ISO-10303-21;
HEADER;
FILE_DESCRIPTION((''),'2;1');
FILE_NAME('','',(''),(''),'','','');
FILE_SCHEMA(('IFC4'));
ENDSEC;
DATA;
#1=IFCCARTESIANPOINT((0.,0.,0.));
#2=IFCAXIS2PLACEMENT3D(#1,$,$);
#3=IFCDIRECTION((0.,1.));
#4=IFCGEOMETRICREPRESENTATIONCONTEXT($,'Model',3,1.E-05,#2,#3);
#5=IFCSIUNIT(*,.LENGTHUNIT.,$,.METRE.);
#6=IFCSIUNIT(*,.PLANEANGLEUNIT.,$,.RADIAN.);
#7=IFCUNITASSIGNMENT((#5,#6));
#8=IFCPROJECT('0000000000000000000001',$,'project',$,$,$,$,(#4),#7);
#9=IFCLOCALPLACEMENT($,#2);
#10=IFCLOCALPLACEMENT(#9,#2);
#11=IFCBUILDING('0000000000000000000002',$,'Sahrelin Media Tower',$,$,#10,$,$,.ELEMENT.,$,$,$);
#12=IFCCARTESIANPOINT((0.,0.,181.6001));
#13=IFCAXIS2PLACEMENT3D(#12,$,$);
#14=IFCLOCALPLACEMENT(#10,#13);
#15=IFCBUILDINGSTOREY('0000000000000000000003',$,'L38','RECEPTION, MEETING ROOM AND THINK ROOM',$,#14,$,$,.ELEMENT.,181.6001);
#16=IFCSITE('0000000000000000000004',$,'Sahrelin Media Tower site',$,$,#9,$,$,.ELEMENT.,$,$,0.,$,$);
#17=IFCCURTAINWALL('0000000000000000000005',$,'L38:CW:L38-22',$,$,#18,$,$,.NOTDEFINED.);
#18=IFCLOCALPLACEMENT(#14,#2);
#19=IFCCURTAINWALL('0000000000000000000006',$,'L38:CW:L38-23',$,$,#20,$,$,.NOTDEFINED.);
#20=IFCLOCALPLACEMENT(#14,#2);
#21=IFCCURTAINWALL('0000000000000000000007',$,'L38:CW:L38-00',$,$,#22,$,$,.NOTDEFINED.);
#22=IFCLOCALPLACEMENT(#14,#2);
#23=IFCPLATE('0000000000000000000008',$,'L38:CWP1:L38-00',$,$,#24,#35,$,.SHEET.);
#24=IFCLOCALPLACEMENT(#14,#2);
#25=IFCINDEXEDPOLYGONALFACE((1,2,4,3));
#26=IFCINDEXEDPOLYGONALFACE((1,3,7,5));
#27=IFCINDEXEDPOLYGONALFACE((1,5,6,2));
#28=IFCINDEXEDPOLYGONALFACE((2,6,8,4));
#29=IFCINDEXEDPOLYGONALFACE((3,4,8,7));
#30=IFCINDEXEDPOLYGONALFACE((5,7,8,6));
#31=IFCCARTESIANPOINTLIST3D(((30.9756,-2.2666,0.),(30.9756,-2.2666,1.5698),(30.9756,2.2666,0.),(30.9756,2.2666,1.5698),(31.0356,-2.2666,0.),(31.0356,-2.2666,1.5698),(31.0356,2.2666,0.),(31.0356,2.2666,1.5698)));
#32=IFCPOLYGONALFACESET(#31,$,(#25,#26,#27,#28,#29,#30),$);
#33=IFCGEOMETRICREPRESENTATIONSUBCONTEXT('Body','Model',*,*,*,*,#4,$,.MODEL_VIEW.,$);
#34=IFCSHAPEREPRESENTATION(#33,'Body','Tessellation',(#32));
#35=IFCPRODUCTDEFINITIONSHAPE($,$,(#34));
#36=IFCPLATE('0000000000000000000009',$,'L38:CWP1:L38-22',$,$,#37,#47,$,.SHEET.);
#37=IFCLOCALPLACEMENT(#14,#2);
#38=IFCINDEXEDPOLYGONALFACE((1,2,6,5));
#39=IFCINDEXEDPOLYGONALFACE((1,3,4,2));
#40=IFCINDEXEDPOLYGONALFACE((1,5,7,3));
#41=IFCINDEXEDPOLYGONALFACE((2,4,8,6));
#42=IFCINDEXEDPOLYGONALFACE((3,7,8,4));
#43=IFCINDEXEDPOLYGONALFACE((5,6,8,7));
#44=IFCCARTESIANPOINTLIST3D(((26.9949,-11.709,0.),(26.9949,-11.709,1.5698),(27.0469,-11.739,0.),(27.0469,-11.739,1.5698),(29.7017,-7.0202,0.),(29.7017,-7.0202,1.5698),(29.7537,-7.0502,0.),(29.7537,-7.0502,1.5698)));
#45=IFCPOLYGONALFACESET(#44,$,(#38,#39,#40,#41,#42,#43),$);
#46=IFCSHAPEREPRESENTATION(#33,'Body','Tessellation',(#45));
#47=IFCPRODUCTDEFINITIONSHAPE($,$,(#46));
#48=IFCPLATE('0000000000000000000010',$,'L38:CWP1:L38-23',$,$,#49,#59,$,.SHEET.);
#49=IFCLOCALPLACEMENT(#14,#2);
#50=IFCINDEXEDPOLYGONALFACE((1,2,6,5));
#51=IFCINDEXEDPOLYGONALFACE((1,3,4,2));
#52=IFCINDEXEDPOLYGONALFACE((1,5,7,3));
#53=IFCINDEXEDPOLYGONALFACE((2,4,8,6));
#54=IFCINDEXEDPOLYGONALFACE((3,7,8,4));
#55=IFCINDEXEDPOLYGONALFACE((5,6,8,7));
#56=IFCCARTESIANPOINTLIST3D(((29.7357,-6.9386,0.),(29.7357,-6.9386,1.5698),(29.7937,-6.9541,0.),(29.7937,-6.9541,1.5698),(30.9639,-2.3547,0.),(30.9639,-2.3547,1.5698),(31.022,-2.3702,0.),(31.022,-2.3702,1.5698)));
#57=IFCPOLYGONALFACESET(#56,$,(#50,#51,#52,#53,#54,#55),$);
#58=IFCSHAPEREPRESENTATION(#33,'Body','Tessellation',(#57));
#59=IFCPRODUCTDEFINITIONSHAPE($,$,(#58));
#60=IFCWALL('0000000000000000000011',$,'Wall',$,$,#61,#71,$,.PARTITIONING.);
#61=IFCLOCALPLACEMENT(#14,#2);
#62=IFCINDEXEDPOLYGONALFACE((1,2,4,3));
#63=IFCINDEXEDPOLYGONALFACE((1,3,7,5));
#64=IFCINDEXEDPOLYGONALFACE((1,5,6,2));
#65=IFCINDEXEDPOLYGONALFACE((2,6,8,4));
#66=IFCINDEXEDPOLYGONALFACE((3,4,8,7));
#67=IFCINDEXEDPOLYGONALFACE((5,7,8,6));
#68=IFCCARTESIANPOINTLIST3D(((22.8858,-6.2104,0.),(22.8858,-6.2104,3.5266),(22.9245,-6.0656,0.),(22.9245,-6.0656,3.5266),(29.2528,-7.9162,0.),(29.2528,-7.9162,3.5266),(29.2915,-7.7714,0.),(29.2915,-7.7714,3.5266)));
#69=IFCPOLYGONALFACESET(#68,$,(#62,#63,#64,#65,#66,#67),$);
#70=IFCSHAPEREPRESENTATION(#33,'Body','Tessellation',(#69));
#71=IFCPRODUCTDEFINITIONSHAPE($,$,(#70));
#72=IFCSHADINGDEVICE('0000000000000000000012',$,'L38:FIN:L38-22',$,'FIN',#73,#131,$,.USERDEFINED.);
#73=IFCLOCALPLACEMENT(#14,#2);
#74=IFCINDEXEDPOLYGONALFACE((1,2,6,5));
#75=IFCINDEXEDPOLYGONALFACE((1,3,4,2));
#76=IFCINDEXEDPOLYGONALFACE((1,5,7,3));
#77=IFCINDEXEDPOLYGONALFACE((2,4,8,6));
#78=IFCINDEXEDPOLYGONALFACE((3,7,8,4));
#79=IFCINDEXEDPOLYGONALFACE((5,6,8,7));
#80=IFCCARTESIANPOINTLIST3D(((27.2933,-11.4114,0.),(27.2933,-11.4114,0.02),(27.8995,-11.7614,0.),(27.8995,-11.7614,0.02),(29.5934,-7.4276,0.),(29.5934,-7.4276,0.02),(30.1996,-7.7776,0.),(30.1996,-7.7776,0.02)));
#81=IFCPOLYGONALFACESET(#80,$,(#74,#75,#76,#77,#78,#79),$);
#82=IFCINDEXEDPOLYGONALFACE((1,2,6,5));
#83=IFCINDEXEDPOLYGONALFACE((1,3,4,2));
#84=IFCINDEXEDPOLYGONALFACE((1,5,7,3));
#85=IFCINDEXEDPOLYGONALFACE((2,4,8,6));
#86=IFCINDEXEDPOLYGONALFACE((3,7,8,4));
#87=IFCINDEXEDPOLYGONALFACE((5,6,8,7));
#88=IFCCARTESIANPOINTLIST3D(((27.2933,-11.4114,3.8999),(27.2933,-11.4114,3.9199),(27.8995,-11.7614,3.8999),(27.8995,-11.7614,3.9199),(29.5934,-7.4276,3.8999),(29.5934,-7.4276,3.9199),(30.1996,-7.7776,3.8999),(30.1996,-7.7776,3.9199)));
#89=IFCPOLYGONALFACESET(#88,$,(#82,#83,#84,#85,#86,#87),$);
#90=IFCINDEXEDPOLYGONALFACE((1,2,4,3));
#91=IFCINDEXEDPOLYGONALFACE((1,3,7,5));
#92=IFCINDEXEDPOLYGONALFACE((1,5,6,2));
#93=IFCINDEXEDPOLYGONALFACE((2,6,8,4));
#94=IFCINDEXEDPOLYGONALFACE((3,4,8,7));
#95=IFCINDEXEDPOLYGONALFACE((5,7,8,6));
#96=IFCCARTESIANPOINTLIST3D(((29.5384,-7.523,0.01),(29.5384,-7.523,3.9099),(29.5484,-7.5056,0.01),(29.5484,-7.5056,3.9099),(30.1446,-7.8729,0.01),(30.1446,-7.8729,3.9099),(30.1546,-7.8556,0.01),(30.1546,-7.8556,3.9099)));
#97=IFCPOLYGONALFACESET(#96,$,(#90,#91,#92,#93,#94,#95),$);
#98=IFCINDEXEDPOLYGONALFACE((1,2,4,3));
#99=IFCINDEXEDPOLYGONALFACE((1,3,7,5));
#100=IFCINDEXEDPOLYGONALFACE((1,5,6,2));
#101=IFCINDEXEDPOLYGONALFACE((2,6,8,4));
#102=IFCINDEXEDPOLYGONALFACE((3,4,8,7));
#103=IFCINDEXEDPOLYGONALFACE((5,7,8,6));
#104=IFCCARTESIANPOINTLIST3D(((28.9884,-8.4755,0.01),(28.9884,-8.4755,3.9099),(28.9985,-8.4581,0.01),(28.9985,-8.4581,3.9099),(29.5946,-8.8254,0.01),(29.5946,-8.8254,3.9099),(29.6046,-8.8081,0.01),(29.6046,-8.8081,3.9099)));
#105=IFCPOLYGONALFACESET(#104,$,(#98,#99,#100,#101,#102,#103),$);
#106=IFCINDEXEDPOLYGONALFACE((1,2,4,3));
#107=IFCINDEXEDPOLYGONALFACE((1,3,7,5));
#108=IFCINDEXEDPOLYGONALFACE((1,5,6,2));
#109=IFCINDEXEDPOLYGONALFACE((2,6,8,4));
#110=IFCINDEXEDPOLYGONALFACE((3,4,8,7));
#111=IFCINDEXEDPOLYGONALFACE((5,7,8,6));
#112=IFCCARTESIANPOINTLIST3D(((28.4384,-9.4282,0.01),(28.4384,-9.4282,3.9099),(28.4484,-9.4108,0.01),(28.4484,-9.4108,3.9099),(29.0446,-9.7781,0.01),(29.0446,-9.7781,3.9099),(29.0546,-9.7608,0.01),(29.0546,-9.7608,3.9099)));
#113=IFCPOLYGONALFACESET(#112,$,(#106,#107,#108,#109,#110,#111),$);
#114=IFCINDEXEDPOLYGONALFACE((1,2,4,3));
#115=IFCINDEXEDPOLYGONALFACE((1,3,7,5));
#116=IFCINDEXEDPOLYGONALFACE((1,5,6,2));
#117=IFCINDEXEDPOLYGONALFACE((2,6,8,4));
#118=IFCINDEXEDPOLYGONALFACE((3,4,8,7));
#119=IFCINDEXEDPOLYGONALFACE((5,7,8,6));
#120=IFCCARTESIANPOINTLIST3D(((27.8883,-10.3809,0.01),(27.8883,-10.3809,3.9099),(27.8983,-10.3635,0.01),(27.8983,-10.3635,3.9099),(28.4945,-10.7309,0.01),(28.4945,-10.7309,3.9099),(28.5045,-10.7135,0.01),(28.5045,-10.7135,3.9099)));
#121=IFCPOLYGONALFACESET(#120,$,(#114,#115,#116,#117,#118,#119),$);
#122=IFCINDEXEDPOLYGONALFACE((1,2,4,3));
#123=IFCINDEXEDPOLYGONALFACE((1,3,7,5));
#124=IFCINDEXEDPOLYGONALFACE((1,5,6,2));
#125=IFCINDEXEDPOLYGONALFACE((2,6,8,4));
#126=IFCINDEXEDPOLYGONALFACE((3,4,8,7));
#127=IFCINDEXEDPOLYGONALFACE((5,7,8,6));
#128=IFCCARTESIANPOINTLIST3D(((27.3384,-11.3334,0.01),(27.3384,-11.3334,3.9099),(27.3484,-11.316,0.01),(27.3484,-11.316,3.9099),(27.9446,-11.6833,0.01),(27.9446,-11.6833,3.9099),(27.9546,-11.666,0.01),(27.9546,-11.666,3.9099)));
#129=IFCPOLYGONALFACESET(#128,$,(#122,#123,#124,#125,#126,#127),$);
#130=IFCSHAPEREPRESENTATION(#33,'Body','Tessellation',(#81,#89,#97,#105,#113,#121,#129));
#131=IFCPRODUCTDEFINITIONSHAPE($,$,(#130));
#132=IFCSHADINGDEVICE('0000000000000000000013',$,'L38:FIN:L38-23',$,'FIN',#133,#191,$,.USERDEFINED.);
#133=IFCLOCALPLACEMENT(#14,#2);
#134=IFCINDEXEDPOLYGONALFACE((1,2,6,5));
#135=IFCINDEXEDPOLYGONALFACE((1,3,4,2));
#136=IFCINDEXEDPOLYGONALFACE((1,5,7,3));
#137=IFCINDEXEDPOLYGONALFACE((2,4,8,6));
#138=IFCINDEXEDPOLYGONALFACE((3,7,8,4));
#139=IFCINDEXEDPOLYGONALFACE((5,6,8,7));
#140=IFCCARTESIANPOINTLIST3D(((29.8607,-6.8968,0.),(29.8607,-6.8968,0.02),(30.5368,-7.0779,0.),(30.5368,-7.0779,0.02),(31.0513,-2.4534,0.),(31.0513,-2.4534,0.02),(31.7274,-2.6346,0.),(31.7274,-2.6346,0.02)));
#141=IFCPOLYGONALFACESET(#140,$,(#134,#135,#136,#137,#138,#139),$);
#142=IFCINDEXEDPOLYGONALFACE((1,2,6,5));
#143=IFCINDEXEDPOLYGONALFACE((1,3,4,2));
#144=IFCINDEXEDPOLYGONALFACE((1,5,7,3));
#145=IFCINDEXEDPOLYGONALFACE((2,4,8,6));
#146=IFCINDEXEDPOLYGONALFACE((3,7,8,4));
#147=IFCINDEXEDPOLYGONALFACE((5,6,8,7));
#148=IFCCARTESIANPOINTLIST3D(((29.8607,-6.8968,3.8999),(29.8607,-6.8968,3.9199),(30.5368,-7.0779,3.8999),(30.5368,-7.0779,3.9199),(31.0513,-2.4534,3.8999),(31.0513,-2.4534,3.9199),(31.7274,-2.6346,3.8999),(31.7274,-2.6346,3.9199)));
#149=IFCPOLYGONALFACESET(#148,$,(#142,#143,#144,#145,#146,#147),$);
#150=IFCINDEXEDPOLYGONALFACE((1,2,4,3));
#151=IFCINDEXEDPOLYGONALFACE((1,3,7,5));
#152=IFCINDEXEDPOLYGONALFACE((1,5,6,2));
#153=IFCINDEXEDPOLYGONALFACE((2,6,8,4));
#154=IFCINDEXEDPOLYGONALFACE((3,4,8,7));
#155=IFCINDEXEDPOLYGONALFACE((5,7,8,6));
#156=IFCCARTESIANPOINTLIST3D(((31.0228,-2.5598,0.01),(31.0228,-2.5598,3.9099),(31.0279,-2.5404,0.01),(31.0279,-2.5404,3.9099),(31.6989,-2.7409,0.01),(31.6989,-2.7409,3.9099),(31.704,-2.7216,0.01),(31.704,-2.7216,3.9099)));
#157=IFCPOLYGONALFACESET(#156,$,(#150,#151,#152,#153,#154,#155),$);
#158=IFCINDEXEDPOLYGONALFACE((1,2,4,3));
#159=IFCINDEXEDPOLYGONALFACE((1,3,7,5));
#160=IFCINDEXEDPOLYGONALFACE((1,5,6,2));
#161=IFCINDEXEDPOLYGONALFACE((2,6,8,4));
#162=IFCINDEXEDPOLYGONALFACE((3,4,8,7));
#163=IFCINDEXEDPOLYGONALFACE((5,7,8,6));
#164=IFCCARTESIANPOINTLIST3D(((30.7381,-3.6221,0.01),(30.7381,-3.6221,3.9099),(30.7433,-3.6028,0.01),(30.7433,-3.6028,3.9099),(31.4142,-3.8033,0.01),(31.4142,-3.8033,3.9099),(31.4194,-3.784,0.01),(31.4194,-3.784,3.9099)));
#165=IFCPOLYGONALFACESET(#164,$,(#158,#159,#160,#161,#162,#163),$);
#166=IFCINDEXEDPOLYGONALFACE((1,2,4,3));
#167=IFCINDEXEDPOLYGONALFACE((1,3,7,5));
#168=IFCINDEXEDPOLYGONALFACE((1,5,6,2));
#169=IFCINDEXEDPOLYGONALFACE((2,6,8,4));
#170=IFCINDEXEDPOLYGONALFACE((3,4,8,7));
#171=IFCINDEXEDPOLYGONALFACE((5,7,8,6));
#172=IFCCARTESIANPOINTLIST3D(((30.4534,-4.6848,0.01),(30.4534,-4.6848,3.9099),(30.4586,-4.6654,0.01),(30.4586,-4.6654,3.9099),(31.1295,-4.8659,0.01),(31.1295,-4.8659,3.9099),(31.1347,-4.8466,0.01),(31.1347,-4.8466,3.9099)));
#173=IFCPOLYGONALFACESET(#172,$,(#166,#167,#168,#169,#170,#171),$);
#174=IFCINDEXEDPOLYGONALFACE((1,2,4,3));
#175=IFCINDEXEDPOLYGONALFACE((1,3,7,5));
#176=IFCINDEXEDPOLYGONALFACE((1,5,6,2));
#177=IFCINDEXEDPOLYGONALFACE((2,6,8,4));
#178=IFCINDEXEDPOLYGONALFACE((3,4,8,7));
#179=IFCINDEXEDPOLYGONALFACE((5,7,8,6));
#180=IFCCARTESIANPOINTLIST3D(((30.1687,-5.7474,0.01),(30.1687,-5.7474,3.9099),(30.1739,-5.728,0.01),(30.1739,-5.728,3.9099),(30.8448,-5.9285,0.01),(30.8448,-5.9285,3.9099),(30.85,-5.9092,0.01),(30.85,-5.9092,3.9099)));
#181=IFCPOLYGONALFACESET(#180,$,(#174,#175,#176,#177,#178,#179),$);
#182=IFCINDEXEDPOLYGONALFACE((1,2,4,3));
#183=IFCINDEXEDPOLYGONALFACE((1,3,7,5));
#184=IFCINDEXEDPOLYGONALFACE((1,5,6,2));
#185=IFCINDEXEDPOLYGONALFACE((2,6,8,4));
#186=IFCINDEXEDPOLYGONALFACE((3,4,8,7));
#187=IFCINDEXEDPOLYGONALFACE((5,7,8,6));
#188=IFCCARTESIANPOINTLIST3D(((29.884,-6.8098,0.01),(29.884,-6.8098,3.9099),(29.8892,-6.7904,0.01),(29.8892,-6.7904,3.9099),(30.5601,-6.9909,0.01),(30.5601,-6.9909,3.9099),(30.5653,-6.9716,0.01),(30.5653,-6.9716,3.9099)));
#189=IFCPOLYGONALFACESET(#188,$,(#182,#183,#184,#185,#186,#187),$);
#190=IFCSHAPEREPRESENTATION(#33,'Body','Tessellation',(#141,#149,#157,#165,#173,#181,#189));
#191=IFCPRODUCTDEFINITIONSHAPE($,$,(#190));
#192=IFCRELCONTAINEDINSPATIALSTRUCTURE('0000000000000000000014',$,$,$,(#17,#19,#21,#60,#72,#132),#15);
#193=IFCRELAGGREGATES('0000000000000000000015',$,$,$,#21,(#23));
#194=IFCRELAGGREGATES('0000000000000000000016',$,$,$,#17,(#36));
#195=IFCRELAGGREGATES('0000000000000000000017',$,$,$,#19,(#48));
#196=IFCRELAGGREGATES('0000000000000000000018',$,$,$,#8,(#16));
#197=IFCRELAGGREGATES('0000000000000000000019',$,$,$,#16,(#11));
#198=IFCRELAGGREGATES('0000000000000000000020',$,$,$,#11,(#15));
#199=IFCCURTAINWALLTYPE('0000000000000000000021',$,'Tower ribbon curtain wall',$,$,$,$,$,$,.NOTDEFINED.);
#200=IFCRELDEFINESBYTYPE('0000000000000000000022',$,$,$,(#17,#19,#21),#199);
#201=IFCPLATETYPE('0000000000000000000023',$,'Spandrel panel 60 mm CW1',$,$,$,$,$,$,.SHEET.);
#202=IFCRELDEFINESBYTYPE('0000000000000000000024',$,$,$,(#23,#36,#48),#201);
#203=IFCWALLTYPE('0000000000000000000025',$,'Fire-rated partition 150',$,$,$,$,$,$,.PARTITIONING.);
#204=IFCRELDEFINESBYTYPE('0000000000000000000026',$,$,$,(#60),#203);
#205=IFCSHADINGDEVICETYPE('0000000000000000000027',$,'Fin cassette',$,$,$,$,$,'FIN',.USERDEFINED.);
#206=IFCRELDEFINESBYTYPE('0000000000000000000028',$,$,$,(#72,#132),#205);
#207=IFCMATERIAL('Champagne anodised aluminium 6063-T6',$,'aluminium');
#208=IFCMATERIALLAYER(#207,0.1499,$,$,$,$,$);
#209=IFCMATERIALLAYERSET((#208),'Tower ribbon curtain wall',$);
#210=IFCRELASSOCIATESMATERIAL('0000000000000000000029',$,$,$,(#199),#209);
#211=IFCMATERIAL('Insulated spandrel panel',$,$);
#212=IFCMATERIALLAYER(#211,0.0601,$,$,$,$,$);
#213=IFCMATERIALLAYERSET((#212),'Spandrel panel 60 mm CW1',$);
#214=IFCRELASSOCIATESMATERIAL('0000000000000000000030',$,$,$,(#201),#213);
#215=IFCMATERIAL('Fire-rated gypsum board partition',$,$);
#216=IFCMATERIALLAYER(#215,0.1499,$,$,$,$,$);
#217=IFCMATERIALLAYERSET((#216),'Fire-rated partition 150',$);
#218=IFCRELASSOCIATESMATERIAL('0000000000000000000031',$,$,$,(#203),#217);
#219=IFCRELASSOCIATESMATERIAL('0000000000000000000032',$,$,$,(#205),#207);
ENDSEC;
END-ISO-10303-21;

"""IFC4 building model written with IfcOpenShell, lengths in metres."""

from ifc_helpers import new_model, si_unit, direction, frame, frame_2d, origin, origin_2d, place, context, subcontext, project, spatial, polyline, rectangle, outline, extrude, material, layer, layer_set, type_object, element, aggregate, save


model = new_model("IFC4")

# Units and contexts
model_context = context("Model", 3, precision=1e-05, world=origin(), true_north=direction((0.0, 1.0)))
body_context = subcontext(model_context, "Body", "Model", "MODEL_VIEW")
ifc_project = project(units=[si_unit("LENGTHUNIT", "METRE"), si_unit("PLANEANGLEUNIT", "RADIAN")], contexts=[model_context])

# Site, building, storey
site_placement = place(None, origin())
site = spatial("IfcSite", under=ifc_project, at=site_placement, Name="Sahrelin Media Tower site", CompositionType="ELEMENT", RefElevation=0.0)
building_placement = place(site_placement, origin())
building = spatial("IfcBuilding", under=site, at=building_placement, Name="Sahrelin Media Tower", CompositionType="ELEMENT")
storey_placement = place(building_placement, frame((0.0, 0.0, 181.6001)))
storey = spatial("IfcBuildingStorey", under=building, at=storey_placement, Name="L38", Description="RECEPTION, MEETING ROOM AND THINK ROOM", CompositionType="ELEMENT", Elevation=181.6001)

# Curtain walls
ifc_material_1 = material(Name="Champagne anodised aluminium 6063-T6", Category="aluminium")
ifc_layer_1 = layer(ifc_material_1, 0.1499)
ifc_layer_set_1 = layer_set([ifc_layer_1], Name="Tower ribbon curtain wall")
curtain_wall_type = type_object("IfcCurtainWallType", Name="Tower ribbon curtain wall", PredefinedType="NOTDEFINED", material=ifc_layer_set_1)
curtain_wall_1_placement = place(storey_placement, frame((28.3828, -9.3845, 0.0), z_axis=(0.0, 0.0, 1.0), x_axis=(1.0, 0.0, 0.0)))
curtain_wall_1 = element("IfcCurtainWall", 1, at=curtain_wall_1_placement, inside=storey, type_object=curtain_wall_type, Name="L38:CW:L38-22", PredefinedType="NOTDEFINED")
curtain_wall_2_placement = place(storey_placement, frame((30.3884, -4.657, 0.0), z_axis=(0.0, 0.0, 1.0), x_axis=(1.0, 0.0, 0.0)))
curtain_wall_2 = element("IfcCurtainWall", 2, at=curtain_wall_2_placement, inside=storey, type_object=curtain_wall_type, Name="L38:CW:L38-23", PredefinedType="NOTDEFINED")

# Curtain wall
curtain_wall_3_placement = place(storey_placement, frame((31.0156, 0.0, 0.0), z_axis=(0.0, 0.0, 1.0), x_axis=(1.0, 0.0, 0.0)))
curtain_wall_3 = element("IfcCurtainWall", 3, at=curtain_wall_3_placement, inside=storey, type_object=curtain_wall_type, Name="L38:CW:L38-00", PredefinedType="NOTDEFINED")

# Plates
ifc_material_2 = material(Name="Insulated spandrel panel")
ifc_layer_2 = layer(ifc_material_2, 0.0601)
ifc_layer_set_2 = layer_set([ifc_layer_2], Name="Spandrel panel 60 mm CW1")
plate_type_1 = type_object("IfcPlateType", Name="Spandrel panel 60 mm CW1", PredefinedType="SHEET", material=ifc_layer_set_2)
plate_1_placement = place(storey_placement, frame((31.0356, -2.2666, 0.0), z_axis=(1.0, 0.0, 0.0), x_axis=(0.0, 1.0, 0.0)))
plate_1 = element("IfcPlate", 4, at=plate_1_placement, type_object=plate_type_1, Name="L38:CWP1:L38-00", PredefinedType="SHEET", context=body_context, shape_type="SweptSolid", body=[
    extrude(outline(polyline([(0.0, 0.0), (4.5332, 0.0), (4.5332, 1.5698), (0.0, 1.5698), (0.0, 0.0)])), origin(), (0.0, 0.0, -1.0), 0.0601),
])
aggregate(curtain_wall_3, [plate_1])
plate_2_placement = place(storey_placement, frame((27.0469, -11.739, 0.0), z_axis=(0.866045, -0.499966, 0.0), x_axis=(0.499966, 0.866045, 0.0)))
plate_2 = element("IfcPlate", 5, at=plate_2_placement, type_object=plate_type_1, Name="L38:CWP1:L38-22", PredefinedType="SHEET", context=body_context, shape_type="SweptSolid", body=[
    extrude(outline(polyline([(0.0, 0.0), (5.4141, 0.0), (5.4141, 1.5698), (0.0, 1.5698), (0.0, 0.0)])), origin(), (0.0, 0.0, -1.0), 0.0601),
])
aggregate(curtain_wall_1, [plate_2])
plate_3_placement = place(storey_placement, frame((29.7937, -6.9541, 0.0), z_axis=(0.965926, -0.258818, 0.0), x_axis=(0.258818, 0.965926, 0.0)))
plate_3 = element("IfcPlate", 6, at=plate_3_placement, type_object=plate_type_1, Name="L38:CWP1:L38-23", PredefinedType="SHEET", context=body_context, shape_type="SweptSolid", body=[
    extrude(outline(polyline([(0.0, 0.0), (4.7456, 0.0), (4.7456, 1.5698), (0.0, 1.5698), (0.0, 0.0)])), origin(), (0.0, 0.0, -1.0), 0.0601),
])
aggregate(curtain_wall_2, [plate_3])

# Wall
ifc_material_3 = material(Name="Fire-rated gypsum board partition")
ifc_layer_3 = layer(ifc_material_3, 0.1499)
ifc_layer_set_3 = layer_set([ifc_layer_3], Name="Fire-rated partition 150")
wall_type = type_object("IfcWallType", Name="Fire-rated partition 150", PredefinedType="PARTITIONING", material=ifc_layer_set_3)
wall_placement = place(storey_placement, frame((22.905, -6.1379, 0.0), z_axis=(0.0, 0.0, 1.0), x_axis=(0.965934, -0.25879, 0.0)))
element("IfcWall", 7, at=wall_placement, inside=storey, type_object=wall_type, Name="Wall", PredefinedType="PARTITIONING", context=body_context, shape_type="SweptSolid", body=[
    extrude(rectangle(XDim=6.5916, YDim=0.1499, at=frame_2d((3.2959, 0.0))), origin(), (0.0, 0.0, 1.0), 3.5266),
])

# Shading devices
shading_device_type_1 = type_object("IfcShadingDeviceType", Name="Fin cassette", ElementType="FIN", PredefinedType="USERDEFINED", material=ifc_material_1)
placement_1 = place(storey_placement, frame((28.3828, -9.3845, 0.0), z_axis=(0.0, 0.0, 1.0), x_axis=(-0.500011, -0.866019, 0.0)))
element("IfcShadingDevice", 8, at=placement_1, inside=storey, type_object=shading_device_type_1, Name="L38:FIN:L38-22", ObjectType="FIN", PredefinedType="USERDEFINED", context=body_context, shape_type="SweptSolid", body=[
    extrude(rectangle(XDim=4.6001, YDim=0.7, at=origin_2d()), frame((0.0, 0.4199, 0.0)), (0.0, 0.0, 1.0), 0.02),
    extrude(rectangle(XDim=4.6001, YDim=0.7, at=origin_2d()), frame((0.0, 0.4199, 3.8999)), (0.0, 0.0, 1.0), 0.02),
    extrude(rectangle(XDim=0.02, YDim=0.7, at=origin_2d()), frame((-2.2, 0.4199, 0.01), z_axis=(0.0, 0.0, 1.0), x_axis=(1.0, 0.0, 0.0)), (0.0, 0.0, 1.0), 3.8999),
    extrude(rectangle(XDim=0.02, YDim=0.7, at=origin_2d()), frame((-1.1001, 0.4199, 0.01), z_axis=(0.0, 0.0, 1.0), x_axis=(1.0, 0.0, 0.0)), (0.0, 0.0, 1.0), 3.8999),
    extrude(rectangle(XDim=0.02, YDim=0.7, at=origin_2d()), frame((0.0, 0.4199, 0.01), z_axis=(0.0, 0.0, 1.0), x_axis=(1.0, 0.0, 0.0)), (0.0, 0.0, 1.0), 3.8999),
    extrude(rectangle(XDim=0.02, YDim=0.7, at=origin_2d()), frame((1.1001, 0.4199, 0.01), z_axis=(0.0, 0.0, 1.0), x_axis=(1.0, 0.0, 0.0)), (0.0, 0.0, 1.0), 3.8999),
    extrude(rectangle(XDim=0.02, YDim=0.7, at=origin_2d()), frame((2.2, 0.4199, 0.01), z_axis=(0.0, 0.0, 1.0), x_axis=(1.0, 0.0, 0.0)), (0.0, 0.0, 1.0), 3.8999),
])
placement_2 = place(storey_placement, frame((30.3884, -4.657, 0.0), z_axis=(0.0, 0.0, 1.0), x_axis=(-0.258808, -0.965929, 0.0)))
element("IfcShadingDevice", 9, at=placement_2, inside=storey, type_object=shading_device_type_1, Name="L38:FIN:L38-23", ObjectType="FIN", PredefinedType="USERDEFINED", context=body_context, shape_type="SweptSolid", body=[
    extrude(rectangle(XDim=4.6001, YDim=0.7, at=origin_2d()), frame((0.0, 0.4199, 0.0)), (0.0, 0.0, 1.0), 0.02),
    extrude(rectangle(XDim=4.6001, YDim=0.7, at=origin_2d()), frame((0.0, 0.4199, 3.8999)), (0.0, 0.0, 1.0), 0.02),
    extrude(rectangle(XDim=0.02, YDim=0.7, at=origin_2d()), frame((-2.2, 0.4199, 0.01), z_axis=(0.0, 0.0, 1.0), x_axis=(1.0, 0.0, 0.0)), (0.0, 0.0, 1.0), 3.8999),
    extrude(rectangle(XDim=0.02, YDim=0.7, at=origin_2d()), frame((-1.1001, 0.4199, 0.01), z_axis=(0.0, 0.0, 1.0), x_axis=(1.0, 0.0, 0.0)), (0.0, 0.0, 1.0), 3.8999),
    extrude(rectangle(XDim=0.02, YDim=0.7, at=origin_2d()), frame((0.0, 0.4199, 0.01), z_axis=(0.0, 0.0, 1.0), x_axis=(1.0, 0.0, 0.0)), (0.0, 0.0, 1.0), 3.8999),
    extrude(rectangle(XDim=0.02, YDim=0.7, at=origin_2d()), frame((1.1001, 0.4199, 0.01), z_axis=(0.0, 0.0, 1.0), x_axis=(1.0, 0.0, 0.0)), (0.0, 0.0, 1.0), 3.8999),
    extrude(rectangle(XDim=0.02, YDim=0.7, at=origin_2d()), frame((2.2, 0.4199, 0.01), z_axis=(0.0, 0.0, 1.0), x_axis=(1.0, 0.0, 0.0)), (0.0, 0.0, 1.0), 3.8999),
])

save(model, "model.ifc")
